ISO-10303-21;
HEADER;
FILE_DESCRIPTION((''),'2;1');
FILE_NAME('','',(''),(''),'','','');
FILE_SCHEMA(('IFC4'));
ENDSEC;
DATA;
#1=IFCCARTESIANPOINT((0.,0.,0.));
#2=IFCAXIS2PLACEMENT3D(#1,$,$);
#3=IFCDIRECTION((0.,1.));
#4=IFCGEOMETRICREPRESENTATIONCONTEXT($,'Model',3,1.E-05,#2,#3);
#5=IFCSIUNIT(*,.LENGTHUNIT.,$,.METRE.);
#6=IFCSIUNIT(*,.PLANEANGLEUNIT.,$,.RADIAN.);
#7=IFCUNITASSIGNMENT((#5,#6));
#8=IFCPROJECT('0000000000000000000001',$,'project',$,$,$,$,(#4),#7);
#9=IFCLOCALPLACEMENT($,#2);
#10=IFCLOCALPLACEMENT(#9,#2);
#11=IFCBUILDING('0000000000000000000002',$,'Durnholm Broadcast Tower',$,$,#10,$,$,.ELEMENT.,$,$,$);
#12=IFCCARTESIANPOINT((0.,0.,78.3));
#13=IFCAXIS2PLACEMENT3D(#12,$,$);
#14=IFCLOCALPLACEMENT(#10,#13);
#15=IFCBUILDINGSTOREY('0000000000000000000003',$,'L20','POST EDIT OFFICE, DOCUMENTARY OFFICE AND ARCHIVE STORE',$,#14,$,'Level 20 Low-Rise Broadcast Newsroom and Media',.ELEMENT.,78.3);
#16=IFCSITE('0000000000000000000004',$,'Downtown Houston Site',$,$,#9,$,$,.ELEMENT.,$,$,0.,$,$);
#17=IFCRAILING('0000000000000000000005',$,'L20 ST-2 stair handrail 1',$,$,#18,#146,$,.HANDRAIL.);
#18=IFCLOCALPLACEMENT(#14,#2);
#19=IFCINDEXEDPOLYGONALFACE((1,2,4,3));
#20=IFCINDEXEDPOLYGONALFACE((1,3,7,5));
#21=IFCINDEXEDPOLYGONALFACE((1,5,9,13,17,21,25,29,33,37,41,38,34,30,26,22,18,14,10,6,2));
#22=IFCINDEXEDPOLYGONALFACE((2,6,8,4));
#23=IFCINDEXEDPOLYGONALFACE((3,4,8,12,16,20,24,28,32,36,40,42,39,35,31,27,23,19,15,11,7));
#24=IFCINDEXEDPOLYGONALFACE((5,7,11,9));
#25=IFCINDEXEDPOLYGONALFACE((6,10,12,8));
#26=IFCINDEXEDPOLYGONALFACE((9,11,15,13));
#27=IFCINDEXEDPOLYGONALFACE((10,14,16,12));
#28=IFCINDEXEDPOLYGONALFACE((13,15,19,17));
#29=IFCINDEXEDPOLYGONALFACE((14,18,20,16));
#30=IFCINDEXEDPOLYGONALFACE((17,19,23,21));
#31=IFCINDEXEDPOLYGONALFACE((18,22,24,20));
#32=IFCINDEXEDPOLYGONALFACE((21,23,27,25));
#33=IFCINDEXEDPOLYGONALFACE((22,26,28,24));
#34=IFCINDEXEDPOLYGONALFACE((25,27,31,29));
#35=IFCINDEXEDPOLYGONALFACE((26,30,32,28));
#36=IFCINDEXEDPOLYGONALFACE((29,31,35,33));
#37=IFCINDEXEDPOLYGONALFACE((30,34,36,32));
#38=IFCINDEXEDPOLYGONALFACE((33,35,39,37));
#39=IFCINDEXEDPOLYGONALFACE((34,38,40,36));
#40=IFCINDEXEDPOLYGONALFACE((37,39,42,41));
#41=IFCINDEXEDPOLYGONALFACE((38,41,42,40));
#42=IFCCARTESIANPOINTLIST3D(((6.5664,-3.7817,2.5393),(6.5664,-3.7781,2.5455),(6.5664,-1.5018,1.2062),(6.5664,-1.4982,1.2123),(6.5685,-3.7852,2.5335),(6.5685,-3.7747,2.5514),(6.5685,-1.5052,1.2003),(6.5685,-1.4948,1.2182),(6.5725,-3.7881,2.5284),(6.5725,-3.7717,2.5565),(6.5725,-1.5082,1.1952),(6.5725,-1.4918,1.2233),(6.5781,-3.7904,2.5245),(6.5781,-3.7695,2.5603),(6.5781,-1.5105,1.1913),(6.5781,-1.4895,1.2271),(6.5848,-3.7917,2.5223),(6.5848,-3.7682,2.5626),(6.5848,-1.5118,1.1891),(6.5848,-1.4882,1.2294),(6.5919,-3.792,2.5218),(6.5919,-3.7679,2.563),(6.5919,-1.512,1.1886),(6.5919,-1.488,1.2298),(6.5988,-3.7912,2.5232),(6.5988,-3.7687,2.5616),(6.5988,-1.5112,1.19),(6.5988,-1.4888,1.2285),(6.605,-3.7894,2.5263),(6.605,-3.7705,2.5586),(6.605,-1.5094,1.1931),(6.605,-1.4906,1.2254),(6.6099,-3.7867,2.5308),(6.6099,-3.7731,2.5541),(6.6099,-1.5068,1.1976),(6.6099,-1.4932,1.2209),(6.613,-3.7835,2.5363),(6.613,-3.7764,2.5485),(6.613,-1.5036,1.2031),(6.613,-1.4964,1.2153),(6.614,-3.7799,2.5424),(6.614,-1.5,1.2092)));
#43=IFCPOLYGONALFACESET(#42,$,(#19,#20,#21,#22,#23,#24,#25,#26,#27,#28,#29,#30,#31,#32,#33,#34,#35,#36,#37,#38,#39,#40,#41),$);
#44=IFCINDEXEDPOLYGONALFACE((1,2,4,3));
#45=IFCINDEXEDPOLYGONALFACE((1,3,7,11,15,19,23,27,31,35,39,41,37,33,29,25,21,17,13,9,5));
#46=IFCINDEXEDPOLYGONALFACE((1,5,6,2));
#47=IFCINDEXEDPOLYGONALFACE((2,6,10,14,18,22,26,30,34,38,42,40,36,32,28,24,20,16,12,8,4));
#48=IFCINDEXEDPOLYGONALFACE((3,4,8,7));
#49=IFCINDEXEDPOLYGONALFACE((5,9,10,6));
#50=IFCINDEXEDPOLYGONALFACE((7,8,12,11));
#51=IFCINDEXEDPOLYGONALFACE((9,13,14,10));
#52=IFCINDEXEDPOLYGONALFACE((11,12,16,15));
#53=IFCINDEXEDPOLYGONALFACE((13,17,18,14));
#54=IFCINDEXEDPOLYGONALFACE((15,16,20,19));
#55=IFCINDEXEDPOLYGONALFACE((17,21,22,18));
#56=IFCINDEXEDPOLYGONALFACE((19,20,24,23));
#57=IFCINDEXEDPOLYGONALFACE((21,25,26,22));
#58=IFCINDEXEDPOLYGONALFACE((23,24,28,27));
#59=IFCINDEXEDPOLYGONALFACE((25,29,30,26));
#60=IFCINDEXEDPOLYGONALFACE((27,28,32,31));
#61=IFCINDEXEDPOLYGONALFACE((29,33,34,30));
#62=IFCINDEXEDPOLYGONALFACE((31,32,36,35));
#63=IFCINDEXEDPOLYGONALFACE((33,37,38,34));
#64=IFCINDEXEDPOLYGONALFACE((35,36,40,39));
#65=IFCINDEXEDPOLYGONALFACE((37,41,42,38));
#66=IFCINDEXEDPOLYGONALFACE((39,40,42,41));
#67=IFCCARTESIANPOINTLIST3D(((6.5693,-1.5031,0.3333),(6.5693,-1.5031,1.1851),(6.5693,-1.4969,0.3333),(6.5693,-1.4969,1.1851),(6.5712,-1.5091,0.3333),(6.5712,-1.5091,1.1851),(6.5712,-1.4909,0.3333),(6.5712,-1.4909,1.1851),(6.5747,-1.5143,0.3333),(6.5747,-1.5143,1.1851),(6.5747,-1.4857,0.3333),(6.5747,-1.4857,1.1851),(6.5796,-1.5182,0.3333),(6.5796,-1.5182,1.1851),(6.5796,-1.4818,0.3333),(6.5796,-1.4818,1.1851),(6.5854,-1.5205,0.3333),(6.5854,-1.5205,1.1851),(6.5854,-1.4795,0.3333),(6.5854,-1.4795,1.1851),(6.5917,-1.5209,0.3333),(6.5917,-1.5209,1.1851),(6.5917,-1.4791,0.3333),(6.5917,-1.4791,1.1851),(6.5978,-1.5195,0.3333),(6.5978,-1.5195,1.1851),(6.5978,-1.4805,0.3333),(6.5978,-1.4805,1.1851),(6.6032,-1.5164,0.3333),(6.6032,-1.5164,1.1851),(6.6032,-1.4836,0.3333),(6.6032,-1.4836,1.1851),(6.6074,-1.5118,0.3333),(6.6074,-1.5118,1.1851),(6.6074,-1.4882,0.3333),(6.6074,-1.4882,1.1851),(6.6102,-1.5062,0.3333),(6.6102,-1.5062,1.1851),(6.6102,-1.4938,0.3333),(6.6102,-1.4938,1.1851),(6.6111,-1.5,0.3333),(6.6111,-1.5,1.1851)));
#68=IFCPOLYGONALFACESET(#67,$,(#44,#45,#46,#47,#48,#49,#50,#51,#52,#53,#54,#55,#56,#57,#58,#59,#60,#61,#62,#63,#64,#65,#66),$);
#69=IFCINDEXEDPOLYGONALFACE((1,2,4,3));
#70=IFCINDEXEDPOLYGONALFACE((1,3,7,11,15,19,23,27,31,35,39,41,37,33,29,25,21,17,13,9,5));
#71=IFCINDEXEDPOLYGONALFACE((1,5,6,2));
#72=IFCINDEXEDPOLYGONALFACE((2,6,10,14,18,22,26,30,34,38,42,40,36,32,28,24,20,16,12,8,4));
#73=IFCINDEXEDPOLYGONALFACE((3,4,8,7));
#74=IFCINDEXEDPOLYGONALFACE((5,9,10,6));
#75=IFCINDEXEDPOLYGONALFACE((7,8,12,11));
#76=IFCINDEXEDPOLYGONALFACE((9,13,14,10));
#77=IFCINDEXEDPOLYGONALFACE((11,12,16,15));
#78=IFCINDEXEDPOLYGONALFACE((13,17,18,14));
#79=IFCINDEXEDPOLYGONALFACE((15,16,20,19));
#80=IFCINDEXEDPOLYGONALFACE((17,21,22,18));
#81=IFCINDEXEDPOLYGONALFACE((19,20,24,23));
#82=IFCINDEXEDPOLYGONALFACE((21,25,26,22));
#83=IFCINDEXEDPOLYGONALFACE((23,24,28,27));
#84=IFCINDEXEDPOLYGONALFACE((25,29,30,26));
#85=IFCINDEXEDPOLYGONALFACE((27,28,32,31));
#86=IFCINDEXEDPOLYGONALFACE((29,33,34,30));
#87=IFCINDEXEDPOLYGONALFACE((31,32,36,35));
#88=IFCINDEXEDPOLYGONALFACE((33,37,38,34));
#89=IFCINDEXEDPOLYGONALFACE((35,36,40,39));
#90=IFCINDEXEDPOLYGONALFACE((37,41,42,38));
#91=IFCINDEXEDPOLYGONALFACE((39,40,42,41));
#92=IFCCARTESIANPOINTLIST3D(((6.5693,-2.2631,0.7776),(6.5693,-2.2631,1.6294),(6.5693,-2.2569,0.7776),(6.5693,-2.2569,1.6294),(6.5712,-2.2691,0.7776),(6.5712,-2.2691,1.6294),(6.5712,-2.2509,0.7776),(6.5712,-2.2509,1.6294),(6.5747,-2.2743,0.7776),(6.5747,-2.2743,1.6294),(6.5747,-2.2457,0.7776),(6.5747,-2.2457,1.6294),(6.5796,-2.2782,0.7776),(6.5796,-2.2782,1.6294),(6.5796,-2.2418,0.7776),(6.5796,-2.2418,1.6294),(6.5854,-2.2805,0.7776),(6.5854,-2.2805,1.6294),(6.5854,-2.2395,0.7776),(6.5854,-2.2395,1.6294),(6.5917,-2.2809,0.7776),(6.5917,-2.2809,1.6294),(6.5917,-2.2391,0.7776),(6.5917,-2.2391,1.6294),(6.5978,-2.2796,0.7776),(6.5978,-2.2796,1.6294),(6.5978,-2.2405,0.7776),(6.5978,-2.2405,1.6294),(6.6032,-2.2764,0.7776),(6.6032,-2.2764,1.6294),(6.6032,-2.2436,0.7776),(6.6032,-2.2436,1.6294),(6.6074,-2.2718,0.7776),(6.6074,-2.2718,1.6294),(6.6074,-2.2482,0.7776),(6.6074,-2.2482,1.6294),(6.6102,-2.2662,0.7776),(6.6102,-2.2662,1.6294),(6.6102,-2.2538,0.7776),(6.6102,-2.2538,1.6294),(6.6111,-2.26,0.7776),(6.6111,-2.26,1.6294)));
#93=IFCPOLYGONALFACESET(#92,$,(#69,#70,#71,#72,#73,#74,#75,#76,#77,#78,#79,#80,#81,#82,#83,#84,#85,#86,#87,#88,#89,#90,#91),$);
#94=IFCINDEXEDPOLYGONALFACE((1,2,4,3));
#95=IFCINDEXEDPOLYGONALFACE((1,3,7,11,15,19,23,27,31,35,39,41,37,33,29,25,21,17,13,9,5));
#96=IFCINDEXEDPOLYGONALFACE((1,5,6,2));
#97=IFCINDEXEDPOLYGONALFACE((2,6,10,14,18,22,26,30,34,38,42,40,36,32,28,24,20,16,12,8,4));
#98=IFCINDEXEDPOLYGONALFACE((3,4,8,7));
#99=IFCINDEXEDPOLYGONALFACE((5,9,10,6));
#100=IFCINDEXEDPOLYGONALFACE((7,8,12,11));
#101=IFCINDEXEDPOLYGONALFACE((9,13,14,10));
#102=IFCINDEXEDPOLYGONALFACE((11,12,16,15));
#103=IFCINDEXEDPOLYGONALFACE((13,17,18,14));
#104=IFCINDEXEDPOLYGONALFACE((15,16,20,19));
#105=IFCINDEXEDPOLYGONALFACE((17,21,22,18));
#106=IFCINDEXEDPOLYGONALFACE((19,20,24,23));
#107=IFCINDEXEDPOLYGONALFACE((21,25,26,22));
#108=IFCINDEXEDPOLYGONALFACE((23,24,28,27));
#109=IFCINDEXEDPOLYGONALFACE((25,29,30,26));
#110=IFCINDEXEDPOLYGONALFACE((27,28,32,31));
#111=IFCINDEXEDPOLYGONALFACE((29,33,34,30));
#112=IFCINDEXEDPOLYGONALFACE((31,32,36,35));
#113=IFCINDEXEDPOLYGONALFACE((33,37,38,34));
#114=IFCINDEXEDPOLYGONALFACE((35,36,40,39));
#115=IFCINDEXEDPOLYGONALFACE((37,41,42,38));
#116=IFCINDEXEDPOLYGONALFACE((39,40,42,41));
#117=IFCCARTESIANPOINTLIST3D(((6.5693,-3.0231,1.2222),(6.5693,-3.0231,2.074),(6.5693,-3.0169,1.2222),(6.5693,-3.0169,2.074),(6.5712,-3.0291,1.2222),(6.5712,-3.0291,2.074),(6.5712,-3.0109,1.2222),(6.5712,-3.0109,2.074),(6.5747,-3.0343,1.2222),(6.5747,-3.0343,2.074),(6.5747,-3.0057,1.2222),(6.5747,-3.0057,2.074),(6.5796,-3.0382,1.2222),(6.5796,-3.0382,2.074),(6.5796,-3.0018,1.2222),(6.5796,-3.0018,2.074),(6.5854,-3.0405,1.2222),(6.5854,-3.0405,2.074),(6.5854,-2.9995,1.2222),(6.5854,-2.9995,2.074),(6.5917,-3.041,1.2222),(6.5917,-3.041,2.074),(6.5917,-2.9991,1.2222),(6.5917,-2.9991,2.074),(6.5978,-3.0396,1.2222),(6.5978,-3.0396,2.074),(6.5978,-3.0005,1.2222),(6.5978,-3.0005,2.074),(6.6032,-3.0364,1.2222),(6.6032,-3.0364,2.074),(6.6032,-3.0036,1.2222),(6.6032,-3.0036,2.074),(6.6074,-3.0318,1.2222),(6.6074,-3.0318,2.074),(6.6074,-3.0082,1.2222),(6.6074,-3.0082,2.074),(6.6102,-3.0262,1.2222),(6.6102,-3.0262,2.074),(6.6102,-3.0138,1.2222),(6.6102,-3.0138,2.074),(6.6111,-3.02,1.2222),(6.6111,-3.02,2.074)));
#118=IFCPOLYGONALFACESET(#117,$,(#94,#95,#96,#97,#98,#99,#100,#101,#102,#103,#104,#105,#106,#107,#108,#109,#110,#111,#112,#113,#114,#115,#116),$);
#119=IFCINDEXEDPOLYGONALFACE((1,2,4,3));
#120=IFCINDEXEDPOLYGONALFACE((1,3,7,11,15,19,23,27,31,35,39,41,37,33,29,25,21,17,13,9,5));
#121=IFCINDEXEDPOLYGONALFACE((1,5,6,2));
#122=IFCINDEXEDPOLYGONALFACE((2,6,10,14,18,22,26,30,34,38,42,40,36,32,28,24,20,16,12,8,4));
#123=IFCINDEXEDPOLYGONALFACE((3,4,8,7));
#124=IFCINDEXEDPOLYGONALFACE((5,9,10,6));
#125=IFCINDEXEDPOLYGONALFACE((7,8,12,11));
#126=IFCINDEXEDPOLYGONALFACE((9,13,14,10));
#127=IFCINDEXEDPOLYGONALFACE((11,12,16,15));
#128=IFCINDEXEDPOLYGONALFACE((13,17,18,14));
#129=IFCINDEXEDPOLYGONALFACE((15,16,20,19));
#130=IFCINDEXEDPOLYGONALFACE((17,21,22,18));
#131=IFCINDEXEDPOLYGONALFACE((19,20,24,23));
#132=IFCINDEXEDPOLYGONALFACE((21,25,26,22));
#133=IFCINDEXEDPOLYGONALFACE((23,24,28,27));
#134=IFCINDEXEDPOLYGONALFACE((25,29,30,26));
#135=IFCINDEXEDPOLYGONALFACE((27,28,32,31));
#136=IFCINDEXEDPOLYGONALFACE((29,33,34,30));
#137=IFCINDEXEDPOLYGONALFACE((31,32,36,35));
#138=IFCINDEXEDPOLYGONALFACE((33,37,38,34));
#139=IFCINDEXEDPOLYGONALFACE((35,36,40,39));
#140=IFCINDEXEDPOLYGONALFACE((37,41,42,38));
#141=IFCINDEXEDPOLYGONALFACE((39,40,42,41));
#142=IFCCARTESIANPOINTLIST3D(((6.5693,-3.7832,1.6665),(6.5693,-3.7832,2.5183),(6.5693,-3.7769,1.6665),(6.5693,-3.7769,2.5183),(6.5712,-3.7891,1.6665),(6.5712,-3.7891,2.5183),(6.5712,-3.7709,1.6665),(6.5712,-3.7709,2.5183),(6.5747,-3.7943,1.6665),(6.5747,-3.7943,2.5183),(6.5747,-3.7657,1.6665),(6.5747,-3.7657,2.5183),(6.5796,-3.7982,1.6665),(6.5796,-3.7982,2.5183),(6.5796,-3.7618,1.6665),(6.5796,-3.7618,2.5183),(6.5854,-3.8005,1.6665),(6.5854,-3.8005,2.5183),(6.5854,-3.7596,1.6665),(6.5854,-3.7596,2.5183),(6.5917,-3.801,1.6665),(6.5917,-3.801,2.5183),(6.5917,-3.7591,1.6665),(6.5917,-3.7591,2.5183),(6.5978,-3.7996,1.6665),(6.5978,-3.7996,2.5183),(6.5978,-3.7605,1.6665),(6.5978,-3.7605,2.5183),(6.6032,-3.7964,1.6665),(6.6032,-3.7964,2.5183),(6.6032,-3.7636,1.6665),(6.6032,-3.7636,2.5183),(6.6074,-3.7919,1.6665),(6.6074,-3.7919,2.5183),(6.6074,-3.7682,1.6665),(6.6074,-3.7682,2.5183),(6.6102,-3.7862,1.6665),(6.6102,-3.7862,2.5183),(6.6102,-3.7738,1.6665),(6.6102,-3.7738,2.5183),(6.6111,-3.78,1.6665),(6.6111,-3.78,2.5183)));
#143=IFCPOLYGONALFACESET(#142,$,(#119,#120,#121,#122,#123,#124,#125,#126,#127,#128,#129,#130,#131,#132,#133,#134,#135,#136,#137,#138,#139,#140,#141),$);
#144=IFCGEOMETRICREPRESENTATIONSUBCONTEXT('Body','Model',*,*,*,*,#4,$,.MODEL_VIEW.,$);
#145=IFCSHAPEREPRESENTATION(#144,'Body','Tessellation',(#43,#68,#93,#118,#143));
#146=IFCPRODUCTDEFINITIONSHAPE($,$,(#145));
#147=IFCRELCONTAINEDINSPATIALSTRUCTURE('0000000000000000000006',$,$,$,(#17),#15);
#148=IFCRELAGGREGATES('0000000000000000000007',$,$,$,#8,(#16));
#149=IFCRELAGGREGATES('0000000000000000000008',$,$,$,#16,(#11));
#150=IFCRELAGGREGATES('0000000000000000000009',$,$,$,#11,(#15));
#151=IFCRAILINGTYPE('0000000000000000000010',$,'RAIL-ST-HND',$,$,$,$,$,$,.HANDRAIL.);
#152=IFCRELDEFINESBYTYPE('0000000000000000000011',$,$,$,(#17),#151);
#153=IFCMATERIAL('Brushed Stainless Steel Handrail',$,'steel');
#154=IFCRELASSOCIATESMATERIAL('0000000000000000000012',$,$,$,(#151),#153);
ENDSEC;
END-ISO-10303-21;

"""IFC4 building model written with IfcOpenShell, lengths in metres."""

from ifc_helpers import new_model, si_unit, direction, frame, origin, origin_2d, place, context, subcontext, project, spatial, circle, extrude, material, type_object, element, save


model = new_model("IFC4")

# Units and contexts
model_context = context("Model", 3, precision=1e-05, world=origin(), true_north=direction((0.0, 1.0)))
body_context = subcontext(model_context, "Body", "Model", "MODEL_VIEW")
ifc_project = project(units=[si_unit("LENGTHUNIT", "METRE"), si_unit("PLANEANGLEUNIT", "RADIAN")], contexts=[model_context])

# Site, building, storey
site_placement = place(None, origin())
site = spatial("IfcSite", under=ifc_project, at=site_placement, Name="Downtown Houston Site", CompositionType="ELEMENT", RefElevation=0.0)
building_placement = place(site_placement, origin())
building = spatial("IfcBuilding", under=site, at=building_placement, Name="Durnholm Broadcast Tower", CompositionType="ELEMENT")
storey_placement = place(building_placement, frame((0.0, 0.0, 78.3)))
storey = spatial("IfcBuildingStorey", under=building, at=storey_placement, Name="L20", Description="POST EDIT OFFICE, DOCUMENTARY OFFICE AND ARCHIVE STORE", LongName="Level 20 Low-Rise Broadcast Newsroom and Media", CompositionType="ELEMENT", Elevation=78.3)

# Railing
ifc_material_1 = material(Name="Brushed Stainless Steel Handrail", Category="steel")
railing_type_1 = type_object("IfcRailingType", Name="RAIL-ST-HND", PredefinedType="HANDRAIL", material=ifc_material_1)
railing_1_placement = place(storey_placement, frame((6.5901, -1.5, 0.3333)))
element("IfcRailing", 1, at=railing_1_placement, inside=storey, type_object=railing_type_1, Name="L20 ST-2 stair handrail 1", PredefinedType="HANDRAIL", context=body_context, shape_type="SweptSolid", body=[
    extrude(circle(Radius=0.0239, at=origin_2d()), frame((0.0, 0.0, 0.876), z_axis=(0.0, -0.863245, 0.504785), x_axis=(1.0, 0.0, 0.0)), (0.0, 0.0, 1.0), 2.6411),
    extrude(circle(Radius=0.021, at=origin_2d()), origin(), (0.0, 0.0, 1.0), 0.8518),
    extrude(circle(Radius=0.021, at=origin_2d()), frame((0.0, -0.76, 0.4443)), (0.0, 0.0, 1.0), 0.8518),
    extrude(circle(Radius=0.021, at=origin_2d()), frame((0.0, -1.52, 0.8889)), (0.0, 0.0, 1.0), 0.8518),
    extrude(circle(Radius=0.021, at=origin_2d()), frame((0.0, -2.28, 1.3333)), (0.0, 0.0, 1.0), 0.8518),
])

save(model, "model.ifc")
